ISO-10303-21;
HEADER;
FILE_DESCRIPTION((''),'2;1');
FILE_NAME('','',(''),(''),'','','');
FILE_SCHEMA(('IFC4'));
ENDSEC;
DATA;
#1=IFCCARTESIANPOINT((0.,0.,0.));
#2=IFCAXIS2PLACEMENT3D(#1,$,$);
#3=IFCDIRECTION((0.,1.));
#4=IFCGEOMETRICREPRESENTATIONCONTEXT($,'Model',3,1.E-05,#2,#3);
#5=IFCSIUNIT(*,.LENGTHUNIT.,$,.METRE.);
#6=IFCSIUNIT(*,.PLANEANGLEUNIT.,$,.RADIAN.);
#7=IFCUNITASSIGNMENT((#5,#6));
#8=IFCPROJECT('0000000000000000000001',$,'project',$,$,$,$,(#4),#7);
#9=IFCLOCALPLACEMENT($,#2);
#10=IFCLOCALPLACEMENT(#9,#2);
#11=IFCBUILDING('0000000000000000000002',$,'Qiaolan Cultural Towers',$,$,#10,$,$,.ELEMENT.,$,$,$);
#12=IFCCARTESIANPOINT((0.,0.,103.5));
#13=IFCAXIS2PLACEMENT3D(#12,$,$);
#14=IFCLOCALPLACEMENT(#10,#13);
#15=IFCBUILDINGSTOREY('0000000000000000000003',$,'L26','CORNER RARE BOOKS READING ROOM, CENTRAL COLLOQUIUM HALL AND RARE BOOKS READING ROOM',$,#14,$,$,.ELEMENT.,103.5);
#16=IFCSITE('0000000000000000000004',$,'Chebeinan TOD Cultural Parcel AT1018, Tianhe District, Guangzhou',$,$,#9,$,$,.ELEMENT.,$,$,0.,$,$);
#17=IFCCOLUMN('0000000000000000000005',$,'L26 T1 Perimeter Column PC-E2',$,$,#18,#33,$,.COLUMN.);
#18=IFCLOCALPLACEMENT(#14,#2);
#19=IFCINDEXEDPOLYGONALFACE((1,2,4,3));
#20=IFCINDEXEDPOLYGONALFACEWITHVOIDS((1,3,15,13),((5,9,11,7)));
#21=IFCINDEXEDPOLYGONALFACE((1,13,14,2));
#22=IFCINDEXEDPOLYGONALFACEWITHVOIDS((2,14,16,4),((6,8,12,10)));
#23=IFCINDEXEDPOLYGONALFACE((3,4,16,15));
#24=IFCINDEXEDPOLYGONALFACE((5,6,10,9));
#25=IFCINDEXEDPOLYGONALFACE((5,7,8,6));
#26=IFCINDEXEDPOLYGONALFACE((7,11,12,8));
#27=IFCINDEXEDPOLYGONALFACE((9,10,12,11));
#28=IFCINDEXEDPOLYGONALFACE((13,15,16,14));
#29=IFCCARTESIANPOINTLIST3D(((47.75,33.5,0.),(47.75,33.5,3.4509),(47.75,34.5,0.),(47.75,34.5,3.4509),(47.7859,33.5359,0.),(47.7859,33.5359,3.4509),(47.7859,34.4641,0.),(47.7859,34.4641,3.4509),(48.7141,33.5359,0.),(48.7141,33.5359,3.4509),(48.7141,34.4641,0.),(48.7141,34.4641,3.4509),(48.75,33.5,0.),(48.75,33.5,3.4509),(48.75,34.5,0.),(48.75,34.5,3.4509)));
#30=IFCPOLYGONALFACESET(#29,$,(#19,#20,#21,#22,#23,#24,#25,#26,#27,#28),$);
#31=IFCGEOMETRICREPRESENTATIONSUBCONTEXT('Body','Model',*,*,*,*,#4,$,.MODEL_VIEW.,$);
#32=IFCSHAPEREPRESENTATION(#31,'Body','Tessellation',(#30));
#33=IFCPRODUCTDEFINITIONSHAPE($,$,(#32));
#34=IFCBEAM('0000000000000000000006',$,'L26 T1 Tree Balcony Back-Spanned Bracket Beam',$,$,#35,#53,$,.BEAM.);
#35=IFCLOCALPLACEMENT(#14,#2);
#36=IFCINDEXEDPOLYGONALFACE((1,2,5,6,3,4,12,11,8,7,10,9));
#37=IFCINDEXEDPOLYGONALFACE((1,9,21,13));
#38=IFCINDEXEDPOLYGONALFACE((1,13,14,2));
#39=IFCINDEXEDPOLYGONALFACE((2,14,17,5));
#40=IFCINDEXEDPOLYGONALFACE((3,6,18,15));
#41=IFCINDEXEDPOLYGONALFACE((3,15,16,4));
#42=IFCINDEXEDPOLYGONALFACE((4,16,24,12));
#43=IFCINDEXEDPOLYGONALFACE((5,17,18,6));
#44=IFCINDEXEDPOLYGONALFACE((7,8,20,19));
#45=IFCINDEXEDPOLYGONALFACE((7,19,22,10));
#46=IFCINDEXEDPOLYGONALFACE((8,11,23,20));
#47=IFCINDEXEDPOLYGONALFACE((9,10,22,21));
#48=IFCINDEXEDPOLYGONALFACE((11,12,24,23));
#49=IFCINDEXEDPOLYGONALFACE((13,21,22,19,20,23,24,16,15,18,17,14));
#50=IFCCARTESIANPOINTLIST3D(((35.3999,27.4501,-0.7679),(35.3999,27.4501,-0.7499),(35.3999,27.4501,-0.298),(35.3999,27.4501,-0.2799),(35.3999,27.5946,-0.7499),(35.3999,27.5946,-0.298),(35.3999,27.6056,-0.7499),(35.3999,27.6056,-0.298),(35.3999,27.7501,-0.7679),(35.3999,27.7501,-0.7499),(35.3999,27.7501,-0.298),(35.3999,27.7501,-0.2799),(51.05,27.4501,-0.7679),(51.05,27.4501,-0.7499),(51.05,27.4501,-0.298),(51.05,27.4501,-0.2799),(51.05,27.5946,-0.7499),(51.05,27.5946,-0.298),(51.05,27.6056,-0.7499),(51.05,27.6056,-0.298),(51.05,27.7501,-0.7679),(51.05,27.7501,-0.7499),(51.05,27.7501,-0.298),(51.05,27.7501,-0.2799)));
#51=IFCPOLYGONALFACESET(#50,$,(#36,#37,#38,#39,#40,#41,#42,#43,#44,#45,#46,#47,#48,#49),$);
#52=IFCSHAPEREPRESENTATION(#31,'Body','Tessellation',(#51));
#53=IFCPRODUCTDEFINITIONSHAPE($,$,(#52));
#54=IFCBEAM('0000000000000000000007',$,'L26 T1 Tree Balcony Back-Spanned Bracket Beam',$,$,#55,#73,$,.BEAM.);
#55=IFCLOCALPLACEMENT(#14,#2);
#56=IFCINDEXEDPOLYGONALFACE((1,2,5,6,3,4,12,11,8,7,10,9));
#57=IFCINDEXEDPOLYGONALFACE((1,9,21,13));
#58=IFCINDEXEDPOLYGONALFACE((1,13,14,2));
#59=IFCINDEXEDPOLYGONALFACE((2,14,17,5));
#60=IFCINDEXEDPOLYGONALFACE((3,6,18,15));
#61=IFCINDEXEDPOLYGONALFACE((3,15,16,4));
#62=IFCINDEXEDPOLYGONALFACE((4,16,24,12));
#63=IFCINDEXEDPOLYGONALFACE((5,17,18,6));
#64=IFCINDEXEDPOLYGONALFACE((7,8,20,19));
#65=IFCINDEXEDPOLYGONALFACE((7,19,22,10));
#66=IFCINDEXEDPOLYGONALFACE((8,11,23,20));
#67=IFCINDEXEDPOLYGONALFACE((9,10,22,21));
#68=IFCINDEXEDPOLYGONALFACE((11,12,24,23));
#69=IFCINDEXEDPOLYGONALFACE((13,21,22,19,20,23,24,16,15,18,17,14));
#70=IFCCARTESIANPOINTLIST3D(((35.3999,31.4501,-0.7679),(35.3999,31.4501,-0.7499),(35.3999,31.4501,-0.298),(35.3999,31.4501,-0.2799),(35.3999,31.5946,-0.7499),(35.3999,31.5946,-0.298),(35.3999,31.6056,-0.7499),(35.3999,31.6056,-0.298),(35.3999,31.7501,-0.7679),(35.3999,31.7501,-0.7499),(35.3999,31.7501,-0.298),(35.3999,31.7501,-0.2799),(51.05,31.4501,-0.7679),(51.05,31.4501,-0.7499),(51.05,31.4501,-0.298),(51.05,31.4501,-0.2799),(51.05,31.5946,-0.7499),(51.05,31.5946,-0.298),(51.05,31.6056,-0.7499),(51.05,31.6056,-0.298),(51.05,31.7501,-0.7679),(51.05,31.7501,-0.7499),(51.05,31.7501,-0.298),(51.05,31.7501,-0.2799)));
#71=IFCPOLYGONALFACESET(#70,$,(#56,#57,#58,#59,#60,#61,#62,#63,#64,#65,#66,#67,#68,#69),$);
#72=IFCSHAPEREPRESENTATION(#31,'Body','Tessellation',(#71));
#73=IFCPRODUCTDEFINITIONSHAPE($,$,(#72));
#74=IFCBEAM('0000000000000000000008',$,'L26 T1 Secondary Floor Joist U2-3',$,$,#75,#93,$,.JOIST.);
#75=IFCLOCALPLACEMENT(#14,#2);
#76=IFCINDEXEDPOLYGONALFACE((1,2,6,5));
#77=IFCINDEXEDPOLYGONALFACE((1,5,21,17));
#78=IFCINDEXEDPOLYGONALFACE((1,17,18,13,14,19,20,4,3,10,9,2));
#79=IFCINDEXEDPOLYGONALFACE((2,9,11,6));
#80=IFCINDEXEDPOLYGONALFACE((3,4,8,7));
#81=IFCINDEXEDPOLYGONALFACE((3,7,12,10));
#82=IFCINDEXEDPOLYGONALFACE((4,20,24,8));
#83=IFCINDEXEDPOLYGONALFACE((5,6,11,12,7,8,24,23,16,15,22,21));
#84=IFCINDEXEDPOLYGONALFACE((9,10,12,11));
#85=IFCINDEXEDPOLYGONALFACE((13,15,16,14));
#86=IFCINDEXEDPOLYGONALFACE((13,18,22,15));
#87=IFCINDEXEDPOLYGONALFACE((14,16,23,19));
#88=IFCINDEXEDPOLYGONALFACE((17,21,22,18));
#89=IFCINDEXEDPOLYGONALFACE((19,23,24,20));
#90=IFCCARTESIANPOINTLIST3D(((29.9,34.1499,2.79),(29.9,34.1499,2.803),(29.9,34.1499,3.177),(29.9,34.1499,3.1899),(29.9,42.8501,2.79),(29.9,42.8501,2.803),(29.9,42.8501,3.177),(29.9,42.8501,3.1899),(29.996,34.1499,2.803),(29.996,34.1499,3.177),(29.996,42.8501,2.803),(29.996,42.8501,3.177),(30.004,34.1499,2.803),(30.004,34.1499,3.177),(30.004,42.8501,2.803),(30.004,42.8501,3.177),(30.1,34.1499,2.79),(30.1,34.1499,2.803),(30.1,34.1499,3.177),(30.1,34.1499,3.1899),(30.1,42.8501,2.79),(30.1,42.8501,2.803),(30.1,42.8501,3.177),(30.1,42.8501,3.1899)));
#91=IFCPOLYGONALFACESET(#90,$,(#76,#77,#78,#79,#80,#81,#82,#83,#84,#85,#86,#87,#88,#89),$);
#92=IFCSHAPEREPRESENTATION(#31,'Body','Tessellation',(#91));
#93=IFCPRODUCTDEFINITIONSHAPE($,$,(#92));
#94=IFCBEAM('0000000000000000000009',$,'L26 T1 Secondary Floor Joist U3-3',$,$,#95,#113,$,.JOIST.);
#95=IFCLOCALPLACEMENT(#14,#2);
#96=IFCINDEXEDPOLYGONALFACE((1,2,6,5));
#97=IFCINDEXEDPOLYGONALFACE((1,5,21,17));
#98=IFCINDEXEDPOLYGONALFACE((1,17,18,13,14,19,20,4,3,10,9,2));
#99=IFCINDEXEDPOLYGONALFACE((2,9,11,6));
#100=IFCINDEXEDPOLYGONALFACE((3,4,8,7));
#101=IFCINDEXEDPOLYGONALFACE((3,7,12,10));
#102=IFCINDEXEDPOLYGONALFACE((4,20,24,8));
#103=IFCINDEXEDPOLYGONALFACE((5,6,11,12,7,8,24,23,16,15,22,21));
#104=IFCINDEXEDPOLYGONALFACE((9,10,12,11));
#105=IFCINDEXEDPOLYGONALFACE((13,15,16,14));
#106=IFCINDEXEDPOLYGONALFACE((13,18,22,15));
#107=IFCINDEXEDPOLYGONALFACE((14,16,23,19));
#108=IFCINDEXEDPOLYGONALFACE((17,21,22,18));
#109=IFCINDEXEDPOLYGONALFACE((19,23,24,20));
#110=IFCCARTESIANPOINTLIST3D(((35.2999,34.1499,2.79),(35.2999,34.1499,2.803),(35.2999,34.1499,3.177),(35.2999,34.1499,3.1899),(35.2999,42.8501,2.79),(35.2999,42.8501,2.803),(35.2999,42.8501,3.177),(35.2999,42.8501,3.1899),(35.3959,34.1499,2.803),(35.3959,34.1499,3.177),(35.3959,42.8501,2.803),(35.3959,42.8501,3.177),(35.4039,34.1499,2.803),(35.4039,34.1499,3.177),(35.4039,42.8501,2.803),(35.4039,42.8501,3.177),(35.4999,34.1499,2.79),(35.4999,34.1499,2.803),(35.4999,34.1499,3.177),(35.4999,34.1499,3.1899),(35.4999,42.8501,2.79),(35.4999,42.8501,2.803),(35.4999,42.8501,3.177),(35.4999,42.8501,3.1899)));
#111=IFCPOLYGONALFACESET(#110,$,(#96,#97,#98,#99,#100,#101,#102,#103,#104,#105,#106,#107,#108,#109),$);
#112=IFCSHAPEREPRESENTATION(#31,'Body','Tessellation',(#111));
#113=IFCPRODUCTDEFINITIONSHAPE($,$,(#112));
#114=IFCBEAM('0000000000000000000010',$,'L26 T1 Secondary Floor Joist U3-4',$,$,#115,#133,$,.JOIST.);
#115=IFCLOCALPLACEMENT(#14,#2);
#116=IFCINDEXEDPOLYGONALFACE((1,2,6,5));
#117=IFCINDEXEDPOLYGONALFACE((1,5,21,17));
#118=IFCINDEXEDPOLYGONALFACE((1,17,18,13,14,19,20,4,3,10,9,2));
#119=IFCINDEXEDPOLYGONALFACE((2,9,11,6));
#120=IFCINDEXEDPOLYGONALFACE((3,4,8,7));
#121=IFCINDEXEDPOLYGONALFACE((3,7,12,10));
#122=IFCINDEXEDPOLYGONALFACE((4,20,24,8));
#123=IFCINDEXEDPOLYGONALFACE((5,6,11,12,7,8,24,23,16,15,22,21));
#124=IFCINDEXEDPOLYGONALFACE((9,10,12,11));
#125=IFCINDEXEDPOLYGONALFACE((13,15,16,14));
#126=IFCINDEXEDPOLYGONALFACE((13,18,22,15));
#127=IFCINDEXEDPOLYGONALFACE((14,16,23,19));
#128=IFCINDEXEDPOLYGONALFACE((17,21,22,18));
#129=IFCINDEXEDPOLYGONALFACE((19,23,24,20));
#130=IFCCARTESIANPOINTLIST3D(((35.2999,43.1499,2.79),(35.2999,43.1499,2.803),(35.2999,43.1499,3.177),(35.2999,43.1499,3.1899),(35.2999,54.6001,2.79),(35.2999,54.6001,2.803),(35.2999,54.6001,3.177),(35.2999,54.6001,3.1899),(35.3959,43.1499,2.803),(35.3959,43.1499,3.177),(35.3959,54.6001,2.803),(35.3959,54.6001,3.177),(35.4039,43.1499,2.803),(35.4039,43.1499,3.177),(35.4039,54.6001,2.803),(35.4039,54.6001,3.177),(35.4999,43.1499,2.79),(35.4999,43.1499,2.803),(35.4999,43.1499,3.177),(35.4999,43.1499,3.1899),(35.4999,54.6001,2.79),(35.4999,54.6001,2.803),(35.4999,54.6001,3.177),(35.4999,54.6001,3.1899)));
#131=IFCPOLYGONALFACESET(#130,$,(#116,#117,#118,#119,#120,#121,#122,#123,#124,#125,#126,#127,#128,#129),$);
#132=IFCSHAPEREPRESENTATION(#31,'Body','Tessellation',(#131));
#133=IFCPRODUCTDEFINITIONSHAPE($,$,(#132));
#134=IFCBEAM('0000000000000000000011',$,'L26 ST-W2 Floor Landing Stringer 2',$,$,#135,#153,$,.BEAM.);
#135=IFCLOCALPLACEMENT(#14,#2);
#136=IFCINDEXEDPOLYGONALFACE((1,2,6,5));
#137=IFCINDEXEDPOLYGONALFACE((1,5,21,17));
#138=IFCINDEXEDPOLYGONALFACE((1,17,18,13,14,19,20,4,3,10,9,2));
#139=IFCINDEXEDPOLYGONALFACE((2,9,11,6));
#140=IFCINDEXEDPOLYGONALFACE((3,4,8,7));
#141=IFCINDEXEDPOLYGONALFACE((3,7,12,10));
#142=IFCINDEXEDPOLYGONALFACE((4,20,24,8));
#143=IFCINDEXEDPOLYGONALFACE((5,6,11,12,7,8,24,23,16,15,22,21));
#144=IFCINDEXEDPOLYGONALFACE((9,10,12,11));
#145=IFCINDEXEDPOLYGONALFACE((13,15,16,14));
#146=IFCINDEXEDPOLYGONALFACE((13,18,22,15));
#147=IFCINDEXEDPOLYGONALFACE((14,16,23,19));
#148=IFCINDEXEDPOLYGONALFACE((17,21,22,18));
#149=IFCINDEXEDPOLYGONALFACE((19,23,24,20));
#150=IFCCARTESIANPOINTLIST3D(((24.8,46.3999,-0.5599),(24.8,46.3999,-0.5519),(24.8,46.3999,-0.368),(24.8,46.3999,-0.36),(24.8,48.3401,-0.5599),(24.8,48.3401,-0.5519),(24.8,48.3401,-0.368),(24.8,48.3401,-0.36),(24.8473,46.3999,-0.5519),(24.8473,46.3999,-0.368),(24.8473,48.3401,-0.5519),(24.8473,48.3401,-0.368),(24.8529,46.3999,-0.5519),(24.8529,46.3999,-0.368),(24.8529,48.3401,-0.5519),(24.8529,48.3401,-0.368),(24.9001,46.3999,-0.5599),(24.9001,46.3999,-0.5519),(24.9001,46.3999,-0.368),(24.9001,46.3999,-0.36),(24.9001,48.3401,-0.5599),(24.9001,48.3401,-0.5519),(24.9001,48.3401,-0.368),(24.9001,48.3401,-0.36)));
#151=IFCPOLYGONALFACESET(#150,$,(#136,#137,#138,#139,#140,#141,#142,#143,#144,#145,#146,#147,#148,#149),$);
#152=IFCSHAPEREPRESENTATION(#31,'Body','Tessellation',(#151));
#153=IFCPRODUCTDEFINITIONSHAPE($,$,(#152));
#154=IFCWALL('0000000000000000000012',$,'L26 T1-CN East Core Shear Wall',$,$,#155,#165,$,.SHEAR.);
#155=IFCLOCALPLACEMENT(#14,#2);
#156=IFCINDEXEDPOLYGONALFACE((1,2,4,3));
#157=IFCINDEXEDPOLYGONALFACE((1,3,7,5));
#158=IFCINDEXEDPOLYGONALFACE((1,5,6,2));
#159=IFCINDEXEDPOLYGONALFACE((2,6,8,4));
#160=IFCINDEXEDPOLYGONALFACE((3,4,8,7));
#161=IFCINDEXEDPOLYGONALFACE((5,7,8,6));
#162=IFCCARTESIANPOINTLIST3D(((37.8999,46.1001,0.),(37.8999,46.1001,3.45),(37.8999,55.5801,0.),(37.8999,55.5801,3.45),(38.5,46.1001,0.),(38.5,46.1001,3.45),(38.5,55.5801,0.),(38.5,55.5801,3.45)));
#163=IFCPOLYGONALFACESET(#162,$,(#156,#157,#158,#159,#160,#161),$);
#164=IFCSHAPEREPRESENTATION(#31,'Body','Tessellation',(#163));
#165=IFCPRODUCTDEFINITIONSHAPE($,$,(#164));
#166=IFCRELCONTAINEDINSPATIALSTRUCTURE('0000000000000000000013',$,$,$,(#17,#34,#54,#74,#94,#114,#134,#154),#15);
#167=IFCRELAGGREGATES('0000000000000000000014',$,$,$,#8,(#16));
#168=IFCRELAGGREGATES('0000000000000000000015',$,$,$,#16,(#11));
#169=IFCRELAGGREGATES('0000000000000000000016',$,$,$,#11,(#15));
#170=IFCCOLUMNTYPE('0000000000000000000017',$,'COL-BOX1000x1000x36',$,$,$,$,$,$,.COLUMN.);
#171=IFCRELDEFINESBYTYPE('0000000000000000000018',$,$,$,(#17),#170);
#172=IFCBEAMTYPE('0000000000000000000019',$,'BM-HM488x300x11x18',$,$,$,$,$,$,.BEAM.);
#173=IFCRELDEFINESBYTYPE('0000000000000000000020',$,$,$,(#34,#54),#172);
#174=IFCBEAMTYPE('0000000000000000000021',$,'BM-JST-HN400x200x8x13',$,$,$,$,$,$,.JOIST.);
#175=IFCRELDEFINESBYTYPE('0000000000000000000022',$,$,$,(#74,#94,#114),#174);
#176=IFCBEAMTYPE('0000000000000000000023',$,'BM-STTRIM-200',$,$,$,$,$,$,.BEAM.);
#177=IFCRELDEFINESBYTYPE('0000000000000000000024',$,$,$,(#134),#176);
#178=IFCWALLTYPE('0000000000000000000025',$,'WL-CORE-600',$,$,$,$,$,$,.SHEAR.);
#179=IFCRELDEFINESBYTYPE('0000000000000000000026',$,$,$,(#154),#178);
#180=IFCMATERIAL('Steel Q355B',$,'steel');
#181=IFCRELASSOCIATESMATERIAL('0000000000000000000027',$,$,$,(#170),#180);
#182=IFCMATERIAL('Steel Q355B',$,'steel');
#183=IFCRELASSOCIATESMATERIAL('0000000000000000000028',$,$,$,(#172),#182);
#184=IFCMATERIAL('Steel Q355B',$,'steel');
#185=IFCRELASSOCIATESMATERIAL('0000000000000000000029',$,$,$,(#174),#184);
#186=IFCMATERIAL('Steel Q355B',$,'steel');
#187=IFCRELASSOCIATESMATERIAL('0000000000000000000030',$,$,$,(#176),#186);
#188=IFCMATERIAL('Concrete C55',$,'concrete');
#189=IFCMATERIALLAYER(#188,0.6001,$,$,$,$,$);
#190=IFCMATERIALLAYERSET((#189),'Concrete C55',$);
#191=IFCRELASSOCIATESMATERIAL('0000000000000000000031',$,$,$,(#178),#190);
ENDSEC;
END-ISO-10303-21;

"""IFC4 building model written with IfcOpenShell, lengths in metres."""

from ifc_helpers import new_model, si_unit, direction, frame, frame_2d, origin, origin_2d, place, context, subcontext, project, spatial, rectangle, hollow_rectangle, i_section, extrude, material, layer, layer_set, material_profile, profile_set, type_object, element, save


model = new_model("IFC4")

# Units and contexts
model_context = context("Model", 3, precision=1e-05, world=origin(), true_north=direction((0.0, 1.0)))
body_context = subcontext(model_context, "Body", "Model", "MODEL_VIEW")
ifc_project = project(units=[si_unit("LENGTHUNIT", "METRE"), si_unit("PLANEANGLEUNIT", "RADIAN")], contexts=[model_context])

# Site, building, storey
site_placement = place(None, origin())
site = spatial("IfcSite", under=ifc_project, at=site_placement, Name="Chebeinan TOD Cultural Parcel AT1018, Tianhe District, Guangzhou", CompositionType="ELEMENT", RefElevation=0.0)
building_placement = place(site_placement, origin())
building = spatial("IfcBuilding", under=site, at=building_placement, Name="Qiaolan Cultural Towers", CompositionType="ELEMENT")
storey_placement = place(building_placement, frame((0.0, 0.0, 103.5)))
storey = spatial("IfcBuildingStorey", under=building, at=storey_placement, Name="L26", Description="CORNER RARE BOOKS READING ROOM, CENTRAL COLLOQUIUM HALL AND RARE BOOKS READING ROOM", CompositionType="ELEMENT", Elevation=103.5)

# Column
ifc_material_1 = material(Name="Steel Q355B", Category="steel")
ifc_material_profile_1 = material_profile(ifc_material_1, hollow_rectangle(XDim=1.0, YDim=1.0, WallThickness=0.0359, at=origin_2d()), Name="BOX1000x1000x36")
ifc_profile_set_1 = profile_set([ifc_material_profile_1], Name="Steel Q355B")
column_type = type_object("IfcColumnType", Name="COL-BOX1000x1000x36", PredefinedType="COLUMN", material=ifc_profile_set_1)
column_placement = place(storey_placement, frame((48.25, 34.0, 0.0), z_axis=(0.0, 0.0, 1.0), x_axis=(1.0, 0.0, 0.0)))
element("IfcColumn", 1, at=column_placement, inside=storey, type_object=column_type, Name="L26 T1 Perimeter Column PC-E2", PredefinedType="COLUMN", context=body_context, shape_type="SweptSolid", body=[
    extrude(hollow_rectangle(XDim=1.0, YDim=1.0, WallThickness=0.0359, at=origin_2d()), origin(), (0.0, 0.0, 1.0), 3.4509),
])

# Beams
ifc_material_2 = material(Name="Steel Q355B", Category="steel")
ifc_material_profile_2 = material_profile(ifc_material_2, i_section(OverallWidth=0.3, OverallDepth=0.488, WebThickness=0.011, FlangeThickness=0.0181, at=origin_2d()), Name="HM488x300x11x18")
ifc_profile_set_2 = profile_set([ifc_material_profile_2], Name="Steel Q355B")
beam_type_1 = type_object("IfcBeamType", Name="BM-HM488x300x11x18", PredefinedType="BEAM", material=ifc_profile_set_2)
for number, where, z_axis, x_axis, name in (
    (2, (35.3999, 27.6001, -0.5239), (1.0, 0.0, 0.0), (0.0, 1.0, 0.0), "L26 T1 Tree Balcony Back-Spanned Bracket Beam"),
    (3, (35.3999, 31.6001, -0.5239), (1.0, 0.0, 0.0), (0.0, 1.0, 0.0), "L26 T1 Tree Balcony Back-Spanned Bracket Beam"),
):
    element("IfcBeam", number, at=place(storey_placement, frame(where, z_axis=z_axis, x_axis=x_axis)), inside=storey, type_object=beam_type_1, Name=name, PredefinedType="BEAM", context=body_context, shape_type="SweptSolid", body=[
        extrude(i_section(OverallWidth=0.3, OverallDepth=0.488, WebThickness=0.011, FlangeThickness=0.0181, at=origin_2d()), origin(), (0.0, 0.0, 1.0), 15.6501),
    ])
ifc_material_3 = material(Name="Steel Q355B", Category="steel")
ifc_material_profile_3 = material_profile(ifc_material_3, i_section(OverallWidth=0.2, OverallDepth=0.3999, WebThickness=0.0081, FlangeThickness=0.0129, at=origin_2d()), Name="HN400x200x8x13")
ifc_profile_set_3 = profile_set([ifc_material_profile_3], Name="Steel Q355B")
beam_type_2 = type_object("IfcBeamType", Name="BM-JST-HN400x200x8x13", PredefinedType="JOIST", material=ifc_profile_set_3)
for number, where, z_axis, x_axis, name in (
    (4, (30.0, 34.1499, 2.99), (0.0, 1.0, 0.0), (-1.0, 0.0, 0.0), "L26 T1 Secondary Floor Joist U2-3"),
    (5, (35.3999, 34.1499, 2.99), (0.0, 1.0, 0.0), (-1.0, 0.0, 0.0), "L26 T1 Secondary Floor Joist U3-3"),
):
    element("IfcBeam", number, at=place(storey_placement, frame(where, z_axis=z_axis, x_axis=x_axis)), inside=storey, type_object=beam_type_2, Name=name, PredefinedType="JOIST", context=body_context, shape_type="SweptSolid", body=[
        extrude(i_section(OverallWidth=0.2, OverallDepth=0.3999, WebThickness=0.0081, FlangeThickness=0.0129, at=origin_2d()), origin(), (0.0, 0.0, 1.0), 8.7002),
    ])
beam_1_placement = place(storey_placement, frame((35.3999, 43.1499, 2.99), z_axis=(0.0, 1.0, 0.0), x_axis=(-1.0, 0.0, 0.0)))
element("IfcBeam", 6, at=beam_1_placement, inside=storey, type_object=beam_type_2, Name="L26 T1 Secondary Floor Joist U3-4", PredefinedType="JOIST", context=body_context, shape_type="SweptSolid", body=[
    extrude(i_section(OverallWidth=0.2, OverallDepth=0.3999, WebThickness=0.0081, FlangeThickness=0.0129, at=origin_2d()), origin(), (0.0, 0.0, 1.0), 11.4502),
])
ifc_material_4 = material(Name="Steel Q355B", Category="steel")
ifc_material_profile_4 = material_profile(ifc_material_4, i_section(OverallWidth=0.1001, OverallDepth=0.2, WebThickness=0.0056, FlangeThickness=0.0081, at=origin_2d()), Name="HN200x100x5.5x8")
ifc_profile_set_4 = profile_set([ifc_material_profile_4], Name="Steel Q355B")
beam_type_3 = type_object("IfcBeamType", Name="BM-STTRIM-200", PredefinedType="BEAM", material=ifc_profile_set_4)
beam_2_placement = place(storey_placement, frame((24.8501, 46.3999, -0.46), z_axis=(0.0, 1.0, 0.0), x_axis=(-1.0, 0.0, 0.0)))
element("IfcBeam", 7, at=beam_2_placement, inside=storey, type_object=beam_type_3, Name="L26 ST-W2 Floor Landing Stringer 2", PredefinedType="BEAM", context=body_context, shape_type="SweptSolid", body=[
    extrude(i_section(OverallWidth=0.1001, OverallDepth=0.2, WebThickness=0.0056, FlangeThickness=0.0081, at=origin_2d()), origin(), (0.0, 0.0, 1.0), 1.9402),
])

# Wall
ifc_material_5 = material(Name="Concrete C55", Category="concrete")
ifc_layer_1 = layer(ifc_material_5, 0.6001)
ifc_layer_set_1 = layer_set([ifc_layer_1], Name="Concrete C55")
wall_type_1 = type_object("IfcWallType", Name="WL-CORE-600", PredefinedType="SHEAR", material=ifc_layer_set_1)
wall_1_placement = place(storey_placement, frame((38.2, 46.1001, 0.0), z_axis=(0.0, 0.0, 1.0), x_axis=(0.0, 1.0, 0.0)))
element("IfcWall", 8, at=wall_1_placement, inside=storey, type_object=wall_type_1, Name="L26 T1-CN East Core Shear Wall", PredefinedType="SHEAR", context=body_context, shape_type="SweptSolid", body=[
    extrude(rectangle(XDim=9.48, YDim=0.6001, at=frame_2d((4.74, 0.0))), origin(), (0.0, 0.0, 1.0), 3.45),
])

save(model, "model.ifc")
